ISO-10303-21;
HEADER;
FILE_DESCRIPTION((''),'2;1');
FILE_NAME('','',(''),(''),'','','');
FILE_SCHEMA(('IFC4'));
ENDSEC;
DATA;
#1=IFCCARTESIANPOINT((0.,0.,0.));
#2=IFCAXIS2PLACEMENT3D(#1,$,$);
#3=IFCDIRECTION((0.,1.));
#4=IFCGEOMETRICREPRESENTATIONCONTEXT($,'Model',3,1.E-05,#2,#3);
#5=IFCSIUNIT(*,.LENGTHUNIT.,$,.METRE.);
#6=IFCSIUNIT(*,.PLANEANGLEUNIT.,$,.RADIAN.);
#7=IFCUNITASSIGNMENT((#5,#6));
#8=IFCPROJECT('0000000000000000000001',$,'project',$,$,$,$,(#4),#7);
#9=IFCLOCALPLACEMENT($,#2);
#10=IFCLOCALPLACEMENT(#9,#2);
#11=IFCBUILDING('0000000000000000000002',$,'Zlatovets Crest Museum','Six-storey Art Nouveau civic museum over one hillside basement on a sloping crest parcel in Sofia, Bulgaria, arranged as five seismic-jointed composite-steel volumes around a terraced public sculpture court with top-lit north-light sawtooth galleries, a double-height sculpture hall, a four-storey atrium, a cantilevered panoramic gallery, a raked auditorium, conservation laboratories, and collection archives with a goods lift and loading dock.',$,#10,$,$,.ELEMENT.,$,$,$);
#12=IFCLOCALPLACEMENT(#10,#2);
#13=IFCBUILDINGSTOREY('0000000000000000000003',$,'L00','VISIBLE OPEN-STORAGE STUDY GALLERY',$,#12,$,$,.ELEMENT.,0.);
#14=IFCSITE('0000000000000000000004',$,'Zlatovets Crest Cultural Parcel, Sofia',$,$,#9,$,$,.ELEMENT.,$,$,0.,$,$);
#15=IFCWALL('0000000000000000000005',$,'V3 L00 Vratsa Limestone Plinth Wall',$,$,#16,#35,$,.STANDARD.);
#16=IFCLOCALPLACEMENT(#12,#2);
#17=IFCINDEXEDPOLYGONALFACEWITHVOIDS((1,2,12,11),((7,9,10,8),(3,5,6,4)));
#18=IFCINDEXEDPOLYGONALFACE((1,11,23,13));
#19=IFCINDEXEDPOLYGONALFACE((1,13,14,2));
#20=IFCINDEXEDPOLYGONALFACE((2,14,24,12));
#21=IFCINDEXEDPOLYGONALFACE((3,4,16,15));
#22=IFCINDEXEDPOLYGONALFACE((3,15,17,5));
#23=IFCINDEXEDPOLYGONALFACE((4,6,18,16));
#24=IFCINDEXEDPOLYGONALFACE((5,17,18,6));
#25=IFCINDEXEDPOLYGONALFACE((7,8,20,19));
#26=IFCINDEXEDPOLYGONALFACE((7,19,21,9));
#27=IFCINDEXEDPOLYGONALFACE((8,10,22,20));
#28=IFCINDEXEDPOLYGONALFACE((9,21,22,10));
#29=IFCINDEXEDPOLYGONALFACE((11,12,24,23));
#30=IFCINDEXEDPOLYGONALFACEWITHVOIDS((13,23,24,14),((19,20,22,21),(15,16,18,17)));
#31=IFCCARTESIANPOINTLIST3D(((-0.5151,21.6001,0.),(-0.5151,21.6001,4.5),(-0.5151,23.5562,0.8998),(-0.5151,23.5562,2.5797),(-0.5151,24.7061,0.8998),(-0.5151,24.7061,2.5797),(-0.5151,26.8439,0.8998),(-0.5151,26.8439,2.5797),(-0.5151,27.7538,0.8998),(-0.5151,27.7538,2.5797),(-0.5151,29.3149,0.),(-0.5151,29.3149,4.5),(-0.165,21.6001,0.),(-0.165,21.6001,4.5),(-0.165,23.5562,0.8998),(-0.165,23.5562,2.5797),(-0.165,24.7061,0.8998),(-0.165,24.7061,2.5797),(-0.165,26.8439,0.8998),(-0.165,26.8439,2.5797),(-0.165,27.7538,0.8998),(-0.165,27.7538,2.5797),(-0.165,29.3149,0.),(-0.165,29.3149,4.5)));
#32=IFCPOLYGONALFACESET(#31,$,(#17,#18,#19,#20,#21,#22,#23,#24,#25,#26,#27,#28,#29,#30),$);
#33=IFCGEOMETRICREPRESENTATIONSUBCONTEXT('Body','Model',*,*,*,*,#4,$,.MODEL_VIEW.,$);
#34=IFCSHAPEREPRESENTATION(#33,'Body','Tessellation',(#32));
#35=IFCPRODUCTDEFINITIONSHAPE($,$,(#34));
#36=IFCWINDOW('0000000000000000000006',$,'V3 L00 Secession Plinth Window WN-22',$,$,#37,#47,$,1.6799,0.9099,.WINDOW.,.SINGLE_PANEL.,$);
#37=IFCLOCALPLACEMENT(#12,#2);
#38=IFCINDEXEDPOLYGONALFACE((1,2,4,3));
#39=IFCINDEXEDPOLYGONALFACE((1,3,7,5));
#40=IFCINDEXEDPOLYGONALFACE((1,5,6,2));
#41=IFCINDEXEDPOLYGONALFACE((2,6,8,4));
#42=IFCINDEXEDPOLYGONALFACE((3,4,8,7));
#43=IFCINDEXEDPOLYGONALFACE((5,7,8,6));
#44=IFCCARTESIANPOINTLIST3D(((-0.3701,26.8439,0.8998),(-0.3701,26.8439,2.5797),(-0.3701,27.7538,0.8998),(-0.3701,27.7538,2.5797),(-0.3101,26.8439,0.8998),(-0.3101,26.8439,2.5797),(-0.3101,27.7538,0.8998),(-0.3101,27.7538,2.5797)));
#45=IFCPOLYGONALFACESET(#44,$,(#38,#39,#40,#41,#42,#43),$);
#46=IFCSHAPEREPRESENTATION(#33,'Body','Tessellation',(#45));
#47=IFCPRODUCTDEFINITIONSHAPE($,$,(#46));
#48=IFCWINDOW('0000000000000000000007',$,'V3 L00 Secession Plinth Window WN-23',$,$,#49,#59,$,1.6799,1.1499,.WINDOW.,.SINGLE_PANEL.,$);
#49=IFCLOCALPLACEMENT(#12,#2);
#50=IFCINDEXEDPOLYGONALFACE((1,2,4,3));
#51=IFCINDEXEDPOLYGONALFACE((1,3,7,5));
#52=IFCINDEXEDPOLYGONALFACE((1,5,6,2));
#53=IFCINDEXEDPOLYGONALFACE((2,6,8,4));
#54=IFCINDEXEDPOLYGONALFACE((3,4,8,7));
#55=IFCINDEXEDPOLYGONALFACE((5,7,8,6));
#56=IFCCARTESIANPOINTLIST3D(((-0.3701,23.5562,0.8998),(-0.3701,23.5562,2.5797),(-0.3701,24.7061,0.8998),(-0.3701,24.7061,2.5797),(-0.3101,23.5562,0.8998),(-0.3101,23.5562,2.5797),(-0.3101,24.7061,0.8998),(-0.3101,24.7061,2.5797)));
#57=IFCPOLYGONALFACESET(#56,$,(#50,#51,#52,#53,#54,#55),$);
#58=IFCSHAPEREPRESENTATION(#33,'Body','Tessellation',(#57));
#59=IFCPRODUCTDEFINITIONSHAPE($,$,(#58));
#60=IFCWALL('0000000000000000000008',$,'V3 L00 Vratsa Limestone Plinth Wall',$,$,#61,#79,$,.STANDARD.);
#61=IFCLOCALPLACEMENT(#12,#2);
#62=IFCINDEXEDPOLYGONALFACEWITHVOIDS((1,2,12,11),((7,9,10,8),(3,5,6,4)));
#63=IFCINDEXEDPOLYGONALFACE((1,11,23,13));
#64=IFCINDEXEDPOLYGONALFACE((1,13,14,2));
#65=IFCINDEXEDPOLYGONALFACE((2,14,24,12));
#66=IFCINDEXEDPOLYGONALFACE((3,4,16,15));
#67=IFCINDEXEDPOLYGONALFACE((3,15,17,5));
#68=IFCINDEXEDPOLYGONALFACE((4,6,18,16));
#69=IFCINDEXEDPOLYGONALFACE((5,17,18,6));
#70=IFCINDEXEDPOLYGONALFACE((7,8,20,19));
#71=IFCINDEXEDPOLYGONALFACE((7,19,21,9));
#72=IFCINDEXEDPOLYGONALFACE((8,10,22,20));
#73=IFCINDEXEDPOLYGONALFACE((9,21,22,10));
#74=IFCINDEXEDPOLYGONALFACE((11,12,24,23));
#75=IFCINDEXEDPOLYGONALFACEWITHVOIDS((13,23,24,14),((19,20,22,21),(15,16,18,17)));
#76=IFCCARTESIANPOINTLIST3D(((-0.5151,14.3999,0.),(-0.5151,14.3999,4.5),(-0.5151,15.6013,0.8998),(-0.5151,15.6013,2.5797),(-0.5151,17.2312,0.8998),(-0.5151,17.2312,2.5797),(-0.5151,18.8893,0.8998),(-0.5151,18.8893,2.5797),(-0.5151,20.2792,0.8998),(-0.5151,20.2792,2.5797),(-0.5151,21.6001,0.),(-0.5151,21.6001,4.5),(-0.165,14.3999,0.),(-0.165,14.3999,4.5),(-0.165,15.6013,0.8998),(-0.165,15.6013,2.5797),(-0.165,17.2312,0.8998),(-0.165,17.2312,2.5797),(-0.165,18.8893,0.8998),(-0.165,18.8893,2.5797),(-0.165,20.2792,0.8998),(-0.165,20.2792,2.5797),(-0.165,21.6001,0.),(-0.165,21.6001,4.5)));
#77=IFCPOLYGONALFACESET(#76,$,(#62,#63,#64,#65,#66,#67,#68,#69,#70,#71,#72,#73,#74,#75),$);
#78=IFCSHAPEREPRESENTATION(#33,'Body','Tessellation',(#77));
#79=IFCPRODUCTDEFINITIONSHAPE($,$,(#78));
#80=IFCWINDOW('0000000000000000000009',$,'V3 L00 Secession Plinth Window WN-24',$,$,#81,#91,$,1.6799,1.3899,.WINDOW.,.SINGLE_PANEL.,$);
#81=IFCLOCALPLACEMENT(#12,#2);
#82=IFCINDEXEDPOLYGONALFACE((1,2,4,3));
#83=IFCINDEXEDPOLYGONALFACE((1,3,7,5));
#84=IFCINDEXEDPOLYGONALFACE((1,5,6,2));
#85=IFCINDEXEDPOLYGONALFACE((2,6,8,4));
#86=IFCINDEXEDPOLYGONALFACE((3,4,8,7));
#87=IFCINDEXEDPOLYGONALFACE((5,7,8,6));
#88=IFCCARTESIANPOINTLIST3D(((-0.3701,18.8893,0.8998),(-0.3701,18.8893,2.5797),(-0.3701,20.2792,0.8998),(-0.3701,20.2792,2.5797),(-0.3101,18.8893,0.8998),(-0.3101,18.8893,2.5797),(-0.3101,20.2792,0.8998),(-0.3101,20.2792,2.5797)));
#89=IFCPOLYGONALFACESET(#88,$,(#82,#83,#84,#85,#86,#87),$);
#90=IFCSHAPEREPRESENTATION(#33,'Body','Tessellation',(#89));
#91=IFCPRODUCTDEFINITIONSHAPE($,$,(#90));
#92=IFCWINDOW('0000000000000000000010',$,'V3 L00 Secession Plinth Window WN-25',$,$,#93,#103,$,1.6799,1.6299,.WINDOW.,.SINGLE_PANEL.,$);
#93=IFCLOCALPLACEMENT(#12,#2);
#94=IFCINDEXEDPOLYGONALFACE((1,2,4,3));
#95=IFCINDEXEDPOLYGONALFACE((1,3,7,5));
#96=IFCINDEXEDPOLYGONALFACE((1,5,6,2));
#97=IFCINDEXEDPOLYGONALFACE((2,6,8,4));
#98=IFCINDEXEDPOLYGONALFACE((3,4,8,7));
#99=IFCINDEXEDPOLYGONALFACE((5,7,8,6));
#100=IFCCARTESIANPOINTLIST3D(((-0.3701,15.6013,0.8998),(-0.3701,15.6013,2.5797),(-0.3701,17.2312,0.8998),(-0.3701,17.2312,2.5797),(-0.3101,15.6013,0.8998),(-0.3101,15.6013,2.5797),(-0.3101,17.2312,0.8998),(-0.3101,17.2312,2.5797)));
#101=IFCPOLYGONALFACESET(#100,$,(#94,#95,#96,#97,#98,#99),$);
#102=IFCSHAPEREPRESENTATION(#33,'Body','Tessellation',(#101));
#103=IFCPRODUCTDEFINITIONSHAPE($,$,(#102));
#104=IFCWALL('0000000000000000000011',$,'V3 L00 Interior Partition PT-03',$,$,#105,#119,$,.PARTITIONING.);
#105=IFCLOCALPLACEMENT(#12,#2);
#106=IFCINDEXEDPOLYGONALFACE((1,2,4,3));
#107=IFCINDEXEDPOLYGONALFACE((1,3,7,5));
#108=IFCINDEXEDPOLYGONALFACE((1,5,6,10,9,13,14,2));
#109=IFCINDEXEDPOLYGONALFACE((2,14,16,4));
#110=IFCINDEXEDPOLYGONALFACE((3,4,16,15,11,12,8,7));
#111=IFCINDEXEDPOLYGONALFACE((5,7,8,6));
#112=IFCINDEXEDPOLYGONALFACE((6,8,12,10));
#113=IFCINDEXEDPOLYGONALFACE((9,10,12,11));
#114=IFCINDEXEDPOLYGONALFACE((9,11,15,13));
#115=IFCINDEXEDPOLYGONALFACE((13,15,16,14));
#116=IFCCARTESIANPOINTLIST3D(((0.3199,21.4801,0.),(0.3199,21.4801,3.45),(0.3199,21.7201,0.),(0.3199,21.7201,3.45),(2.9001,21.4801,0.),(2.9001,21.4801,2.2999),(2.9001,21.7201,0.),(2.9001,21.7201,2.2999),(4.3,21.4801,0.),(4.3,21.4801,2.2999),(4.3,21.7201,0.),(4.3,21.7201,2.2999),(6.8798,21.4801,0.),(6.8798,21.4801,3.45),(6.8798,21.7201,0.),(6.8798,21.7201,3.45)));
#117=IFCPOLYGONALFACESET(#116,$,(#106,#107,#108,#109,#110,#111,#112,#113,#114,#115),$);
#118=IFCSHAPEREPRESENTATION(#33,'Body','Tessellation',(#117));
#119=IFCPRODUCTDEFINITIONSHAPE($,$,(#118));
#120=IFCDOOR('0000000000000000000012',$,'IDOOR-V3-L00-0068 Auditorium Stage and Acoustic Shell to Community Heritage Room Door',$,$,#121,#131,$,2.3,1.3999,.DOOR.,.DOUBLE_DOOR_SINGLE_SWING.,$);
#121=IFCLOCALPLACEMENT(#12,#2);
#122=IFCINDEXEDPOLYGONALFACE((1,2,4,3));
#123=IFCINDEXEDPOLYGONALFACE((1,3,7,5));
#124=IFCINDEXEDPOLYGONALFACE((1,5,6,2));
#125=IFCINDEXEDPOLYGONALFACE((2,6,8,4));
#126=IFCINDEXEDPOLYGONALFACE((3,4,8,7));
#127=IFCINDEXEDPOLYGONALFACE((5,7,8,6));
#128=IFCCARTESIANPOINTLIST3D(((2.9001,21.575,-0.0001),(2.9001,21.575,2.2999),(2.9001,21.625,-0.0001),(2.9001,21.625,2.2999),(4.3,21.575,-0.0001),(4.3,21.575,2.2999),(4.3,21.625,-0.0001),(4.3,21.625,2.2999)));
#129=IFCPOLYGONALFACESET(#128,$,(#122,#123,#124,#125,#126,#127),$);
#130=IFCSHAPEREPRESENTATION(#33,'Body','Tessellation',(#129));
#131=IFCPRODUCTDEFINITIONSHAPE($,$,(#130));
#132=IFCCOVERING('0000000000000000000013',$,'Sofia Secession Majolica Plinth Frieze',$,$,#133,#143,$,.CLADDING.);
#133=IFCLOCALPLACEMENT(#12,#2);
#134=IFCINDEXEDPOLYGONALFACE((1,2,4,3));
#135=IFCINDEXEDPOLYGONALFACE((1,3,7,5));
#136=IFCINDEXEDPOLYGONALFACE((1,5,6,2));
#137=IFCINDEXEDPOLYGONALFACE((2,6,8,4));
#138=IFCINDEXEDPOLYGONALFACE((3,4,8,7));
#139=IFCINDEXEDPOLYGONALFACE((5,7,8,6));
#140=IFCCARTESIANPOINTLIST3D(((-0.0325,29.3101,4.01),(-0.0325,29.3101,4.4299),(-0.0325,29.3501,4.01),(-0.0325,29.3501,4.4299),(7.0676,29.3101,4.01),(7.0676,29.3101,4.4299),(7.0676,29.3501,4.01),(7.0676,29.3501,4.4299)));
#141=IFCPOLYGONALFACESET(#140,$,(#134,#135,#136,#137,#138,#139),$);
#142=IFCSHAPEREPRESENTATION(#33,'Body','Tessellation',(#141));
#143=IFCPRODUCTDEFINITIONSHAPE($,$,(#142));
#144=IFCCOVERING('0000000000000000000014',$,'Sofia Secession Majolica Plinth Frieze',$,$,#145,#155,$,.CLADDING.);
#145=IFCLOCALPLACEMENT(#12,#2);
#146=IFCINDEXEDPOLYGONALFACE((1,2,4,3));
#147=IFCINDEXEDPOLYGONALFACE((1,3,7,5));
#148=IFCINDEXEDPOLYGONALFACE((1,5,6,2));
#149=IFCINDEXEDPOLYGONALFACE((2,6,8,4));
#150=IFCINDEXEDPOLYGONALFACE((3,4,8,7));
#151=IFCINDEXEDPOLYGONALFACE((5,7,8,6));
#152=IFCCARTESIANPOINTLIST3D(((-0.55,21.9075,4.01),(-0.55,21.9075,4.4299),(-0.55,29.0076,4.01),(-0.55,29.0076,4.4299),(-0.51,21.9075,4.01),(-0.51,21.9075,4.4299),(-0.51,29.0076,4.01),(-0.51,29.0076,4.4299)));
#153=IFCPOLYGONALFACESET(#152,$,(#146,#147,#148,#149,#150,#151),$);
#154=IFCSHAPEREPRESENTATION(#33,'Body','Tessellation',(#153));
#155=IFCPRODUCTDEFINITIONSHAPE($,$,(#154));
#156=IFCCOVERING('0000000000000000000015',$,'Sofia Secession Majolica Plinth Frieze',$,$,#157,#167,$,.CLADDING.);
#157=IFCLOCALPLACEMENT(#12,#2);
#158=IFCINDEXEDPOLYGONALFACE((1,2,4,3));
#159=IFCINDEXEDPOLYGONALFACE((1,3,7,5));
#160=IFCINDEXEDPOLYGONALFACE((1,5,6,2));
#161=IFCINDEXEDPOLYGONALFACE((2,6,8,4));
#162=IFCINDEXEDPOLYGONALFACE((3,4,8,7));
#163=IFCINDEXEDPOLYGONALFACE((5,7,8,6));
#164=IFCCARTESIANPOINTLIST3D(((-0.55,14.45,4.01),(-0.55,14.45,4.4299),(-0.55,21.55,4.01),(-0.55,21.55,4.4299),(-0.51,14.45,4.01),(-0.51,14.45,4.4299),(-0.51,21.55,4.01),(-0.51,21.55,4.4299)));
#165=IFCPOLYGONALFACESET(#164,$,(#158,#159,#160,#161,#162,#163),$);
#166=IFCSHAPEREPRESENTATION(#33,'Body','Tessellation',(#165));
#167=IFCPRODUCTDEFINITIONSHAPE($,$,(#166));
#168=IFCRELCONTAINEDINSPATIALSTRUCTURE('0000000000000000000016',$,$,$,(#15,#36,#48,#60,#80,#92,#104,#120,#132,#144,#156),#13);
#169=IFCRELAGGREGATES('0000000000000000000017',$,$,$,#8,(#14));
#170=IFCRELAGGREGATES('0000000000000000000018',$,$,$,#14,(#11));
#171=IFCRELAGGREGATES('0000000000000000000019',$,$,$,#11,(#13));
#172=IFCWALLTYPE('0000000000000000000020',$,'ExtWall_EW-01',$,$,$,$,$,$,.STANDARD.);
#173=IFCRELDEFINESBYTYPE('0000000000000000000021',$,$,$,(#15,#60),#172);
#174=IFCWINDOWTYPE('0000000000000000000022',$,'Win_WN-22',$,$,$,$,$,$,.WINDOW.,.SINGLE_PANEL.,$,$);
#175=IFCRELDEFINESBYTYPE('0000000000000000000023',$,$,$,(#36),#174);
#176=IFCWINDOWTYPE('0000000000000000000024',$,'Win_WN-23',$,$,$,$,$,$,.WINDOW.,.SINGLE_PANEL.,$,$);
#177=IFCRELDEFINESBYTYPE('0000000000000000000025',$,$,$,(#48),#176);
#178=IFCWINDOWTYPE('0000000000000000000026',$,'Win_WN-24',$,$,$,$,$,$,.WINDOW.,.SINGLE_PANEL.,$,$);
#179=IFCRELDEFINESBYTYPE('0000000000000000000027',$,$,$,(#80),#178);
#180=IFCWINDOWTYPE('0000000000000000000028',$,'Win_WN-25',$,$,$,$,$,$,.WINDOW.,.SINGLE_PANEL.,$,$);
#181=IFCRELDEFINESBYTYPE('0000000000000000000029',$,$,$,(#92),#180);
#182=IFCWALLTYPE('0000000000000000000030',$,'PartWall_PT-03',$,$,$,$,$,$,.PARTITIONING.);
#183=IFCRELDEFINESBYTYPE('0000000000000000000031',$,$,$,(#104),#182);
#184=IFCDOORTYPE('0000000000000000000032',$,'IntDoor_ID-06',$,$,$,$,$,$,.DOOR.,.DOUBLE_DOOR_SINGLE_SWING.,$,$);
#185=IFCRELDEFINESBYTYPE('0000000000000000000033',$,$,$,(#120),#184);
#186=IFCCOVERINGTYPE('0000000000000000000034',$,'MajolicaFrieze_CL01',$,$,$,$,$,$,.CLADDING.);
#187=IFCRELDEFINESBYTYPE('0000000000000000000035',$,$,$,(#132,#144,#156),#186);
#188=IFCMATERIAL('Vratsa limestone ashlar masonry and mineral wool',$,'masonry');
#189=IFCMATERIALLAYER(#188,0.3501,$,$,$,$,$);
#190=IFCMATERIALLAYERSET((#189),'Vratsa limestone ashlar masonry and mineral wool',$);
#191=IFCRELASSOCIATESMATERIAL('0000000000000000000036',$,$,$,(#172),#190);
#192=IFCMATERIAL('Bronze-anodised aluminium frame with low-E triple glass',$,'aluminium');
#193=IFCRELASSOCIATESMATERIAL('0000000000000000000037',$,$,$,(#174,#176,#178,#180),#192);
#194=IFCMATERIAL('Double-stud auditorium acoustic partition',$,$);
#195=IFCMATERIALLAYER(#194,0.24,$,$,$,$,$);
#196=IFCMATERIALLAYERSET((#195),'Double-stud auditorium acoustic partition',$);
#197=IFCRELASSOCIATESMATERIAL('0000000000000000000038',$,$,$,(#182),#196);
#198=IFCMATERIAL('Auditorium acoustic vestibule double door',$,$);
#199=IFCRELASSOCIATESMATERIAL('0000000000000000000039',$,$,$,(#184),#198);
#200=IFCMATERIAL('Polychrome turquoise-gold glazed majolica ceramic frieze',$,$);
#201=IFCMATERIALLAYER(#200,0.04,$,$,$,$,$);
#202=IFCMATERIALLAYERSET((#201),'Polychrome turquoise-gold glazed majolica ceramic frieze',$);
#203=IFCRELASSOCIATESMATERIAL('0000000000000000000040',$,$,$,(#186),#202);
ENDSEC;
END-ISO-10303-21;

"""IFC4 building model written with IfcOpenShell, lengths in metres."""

from ifc_helpers import new_model, si_unit, direction, frame, frame_2d, origin, origin_2d, place, context, subcontext, project, spatial, rectangle, extrude, material, layer, layer_set, type_object, element, fill, save


model = new_model("IFC4")

# Units and contexts
model_context = context("Model", 3, precision=1e-05, world=origin(), true_north=direction((0.0, 1.0)))
body_context = subcontext(model_context, "Body", "Model", "MODEL_VIEW")
ifc_project = project(units=[si_unit("LENGTHUNIT", "METRE"), si_unit("PLANEANGLEUNIT", "RADIAN")], contexts=[model_context])

# Site, building, storey
site_placement = place(None, origin())
site = spatial("IfcSite", under=ifc_project, at=site_placement, Name="Zlatovets Crest Cultural Parcel, Sofia", CompositionType="ELEMENT", RefElevation=0.0)
building_placement = place(site_placement, origin())
building = spatial("IfcBuilding", under=site, at=building_placement, Name="Zlatovets Crest Museum", Description="Six-storey Art Nouveau civic museum over one hillside basement on a sloping crest parcel in Sofia, Bulgaria, arranged as five seismic-jointed composite-steel volumes around a terraced public sculpture court with top-lit north-light sawtooth galleries, a double-height sculpture hall, a four-storey atrium, a cantilevered panoramic gallery, a raked auditorium, conservation laboratories, and collection archives with a goods lift and loading dock.", CompositionType="ELEMENT")
storey_placement = place(building_placement, origin())
storey = spatial("IfcBuildingStorey", under=building, at=storey_placement, Name="L00", Description="VISIBLE OPEN-STORAGE STUDY GALLERY", CompositionType="ELEMENT", Elevation=0.0)

# Walls, openings, windows
ifc_material_1 = material(Name="Vratsa limestone ashlar masonry and mineral wool", Category="masonry")
ifc_layer_1 = layer(ifc_material_1, 0.3501)
ifc_layer_set_1 = layer_set([ifc_layer_1], Name="Vratsa limestone ashlar masonry and mineral wool")
wall_type_1 = type_object("IfcWallType", Name="ExtWall_EW-01", PredefinedType="STANDARD", material=ifc_layer_set_1)
wall_1_placement = place(storey_placement, frame((-0.3401, 29.3149, 0.0), z_axis=(0.0, 0.0, 1.0), x_axis=(0.0, -1.0, 0.0)))
wall_1 = element("IfcWall", 1, at=wall_1_placement, inside=storey, type_object=wall_type_1, Name="V3 L00 Vratsa Limestone Plinth Wall", PredefinedType="STANDARD", context=body_context, shape_type="SweptSolid", body=[
    extrude(rectangle(XDim=7.7148, YDim=0.3501, at=frame_2d((3.8574, 0.0))), origin(), (0.0, 0.0, 1.0), 4.5),
])
opening_1_placement = place(wall_1_placement, frame((1.561, 0.0, 0.8999)))
opening_1 = element("IfcOpeningElement", 2, at=opening_1_placement, cuts=wall_1, PredefinedType="OPENING", context=body_context, shape_type="SweptSolid", body=[
    extrude(rectangle(XDim=0.9099, YDim=1.6799, at=frame_2d((0.4551, 0.8398))), frame((0.0, 0.1851, 0.0), z_axis=(0.0, -1.0, 0.0), x_axis=(1.0, 0.0, 0.0)), (0.0, 0.0, 1.0), 0.3701),
])
opening_2_placement = place(wall_1_placement, frame((4.6089, 0.0, 0.8999)))
opening_2 = element("IfcOpeningElement", 3, at=opening_2_placement, cuts=wall_1, PredefinedType="OPENING", context=body_context, shape_type="SweptSolid", body=[
    extrude(rectangle(XDim=1.1499, YDim=1.6799, at=frame_2d((0.575, 0.8398))), frame((0.0, 0.1851, 0.0), z_axis=(0.0, -1.0, 0.0), x_axis=(1.0, 0.0, 0.0)), (0.0, 0.0, 1.0), 0.3701),
])
ifc_material_2 = material(Name="Bronze-anodised aluminium frame with low-E triple glass", Category="aluminium")
window_type_1 = type_object("IfcWindowType", Name="Win_WN-22", PartitioningType="SINGLE_PANEL", PredefinedType="WINDOW", material=ifc_material_2)
window_1_placement = place(opening_1_placement, origin())
window_1 = element("IfcWindow", 4, at=window_1_placement, inside=storey, type_object=window_type_1, Name="V3 L00 Secession Plinth Window WN-22", OverallHeight=1.6799, OverallWidth=0.9099, PartitioningType="SINGLE_PANEL", PredefinedType="WINDOW", context=body_context, shape_type="SweptSolid", body=[
    extrude(rectangle(XDim=0.9099, YDim=1.6799, at=frame_2d((0.4551, 0.8398))), frame((0.0, 0.03, 0.0), z_axis=(0.0, -1.0, 0.0), x_axis=(1.0, 0.0, 0.0)), (0.0, 0.0, 1.0), 0.0601),
])
fill(opening_1, window_1)
window_type_2 = type_object("IfcWindowType", Name="Win_WN-23", PartitioningType="SINGLE_PANEL", PredefinedType="WINDOW", material=ifc_material_2)
window_2_placement = place(opening_2_placement, origin())
window_2 = element("IfcWindow", 5, at=window_2_placement, inside=storey, type_object=window_type_2, Name="V3 L00 Secession Plinth Window WN-23", OverallHeight=1.6799, OverallWidth=1.1499, PartitioningType="SINGLE_PANEL", PredefinedType="WINDOW", context=body_context, shape_type="SweptSolid", body=[
    extrude(rectangle(XDim=1.1499, YDim=1.6799, at=frame_2d((0.575, 0.8398))), frame((0.0, 0.03, 0.0), z_axis=(0.0, -1.0, 0.0), x_axis=(1.0, 0.0, 0.0)), (0.0, 0.0, 1.0), 0.0601),
])
fill(opening_2, window_2)
wall_2_placement = place(storey_placement, frame((-0.3401, 21.6001, 0.0), z_axis=(0.0, 0.0, 1.0), x_axis=(0.0, -1.0, 0.0)))
wall_2 = element("IfcWall", 6, at=wall_2_placement, inside=storey, type_object=wall_type_1, Name="V3 L00 Vratsa Limestone Plinth Wall", PredefinedType="STANDARD", context=body_context, shape_type="SweptSolid", body=[
    extrude(rectangle(XDim=7.2002, YDim=0.3501, at=frame_2d((3.6001, 0.0))), origin(), (0.0, 0.0, 1.0), 4.5),
])
opening_3_placement = place(wall_2_placement, frame((1.321, 0.0, 0.8999)))
opening_3 = element("IfcOpeningElement", 7, at=opening_3_placement, cuts=wall_2, PredefinedType="OPENING", context=body_context, shape_type="SweptSolid", body=[
    extrude(rectangle(XDim=1.3899, YDim=1.6799, at=frame_2d((0.6948, 0.8398))), frame((0.0, 0.1851, 0.0), z_axis=(0.0, -1.0, 0.0), x_axis=(1.0, 0.0, 0.0)), (0.0, 0.0, 1.0), 0.3701),
])
opening_4_placement = place(wall_2_placement, frame((4.3689, 0.0, 0.8999)))
opening_4 = element("IfcOpeningElement", 8, at=opening_4_placement, cuts=wall_2, PredefinedType="OPENING", context=body_context, shape_type="SweptSolid", body=[
    extrude(rectangle(XDim=1.6299, YDim=1.6799, at=frame_2d((0.8149, 0.8398))), frame((0.0, 0.1851, 0.0), z_axis=(0.0, -1.0, 0.0), x_axis=(1.0, 0.0, 0.0)), (0.0, 0.0, 1.0), 0.3701),
])
window_type_3 = type_object("IfcWindowType", Name="Win_WN-24", PartitioningType="SINGLE_PANEL", PredefinedType="WINDOW", material=ifc_material_2)
window_3_placement = place(opening_3_placement, origin())
window_3 = element("IfcWindow", 9, at=window_3_placement, inside=storey, type_object=window_type_3, Name="V3 L00 Secession Plinth Window WN-24", OverallHeight=1.6799, OverallWidth=1.3899, PartitioningType="SINGLE_PANEL", PredefinedType="WINDOW", context=body_context, shape_type="SweptSolid", body=[
    extrude(rectangle(XDim=1.3899, YDim=1.6799, at=frame_2d((0.6948, 0.8398))), frame((0.0, 0.03, 0.0), z_axis=(0.0, -1.0, 0.0), x_axis=(1.0, 0.0, 0.0)), (0.0, 0.0, 1.0), 0.0601),
])
fill(opening_3, window_3)
window_type_4 = type_object("IfcWindowType", Name="Win_WN-25", PartitioningType="SINGLE_PANEL", PredefinedType="WINDOW", material=ifc_material_2)
window_4_placement = place(opening_4_placement, origin())
window_4 = element("IfcWindow", 10, at=window_4_placement, inside=storey, type_object=window_type_4, Name="V3 L00 Secession Plinth Window WN-25", OverallHeight=1.6799, OverallWidth=1.6299, PartitioningType="SINGLE_PANEL", PredefinedType="WINDOW", context=body_context, shape_type="SweptSolid", body=[
    extrude(rectangle(XDim=1.6299, YDim=1.6799, at=frame_2d((0.8149, 0.8398))), frame((0.0, 0.03, 0.0), z_axis=(0.0, -1.0, 0.0), x_axis=(1.0, 0.0, 0.0)), (0.0, 0.0, 1.0), 0.0601),
])
fill(opening_4, window_4)

# Wall, opening, door
ifc_material_3 = material(Name="Double-stud auditorium acoustic partition")
ifc_layer_2 = layer(ifc_material_3, 0.24)
ifc_layer_set_2 = layer_set([ifc_layer_2], Name="Double-stud auditorium acoustic partition")
wall_type_2 = type_object("IfcWallType", Name="PartWall_PT-03", PredefinedType="PARTITIONING", material=ifc_layer_set_2)
wall_3_placement = place(storey_placement, frame((0.3201, 21.6001, 0.0), z_axis=(0.0, 0.0, 1.0), x_axis=(1.0, 0.0, 0.0)))
wall_3 = element("IfcWall", 11, at=wall_3_placement, inside=storey, type_object=wall_type_2, Name="V3 L00 Interior Partition PT-03", PredefinedType="PARTITIONING", context=body_context, shape_type="SweptSolid", body=[
    extrude(rectangle(XDim=6.5598, YDim=0.24, at=frame_2d((3.2798, 0.0))), origin(), (0.0, 0.0, 1.0), 3.45),
])
opening_5_placement = place(wall_3_placement, frame((2.5801, 0.0, 0.0)))
opening_5 = element("IfcOpeningElement", 12, at=opening_5_placement, cuts=wall_3, PredefinedType="OPENING", context=body_context, shape_type="SweptSolid", body=[
    extrude(rectangle(XDim=1.3999, YDim=2.3, at=frame_2d((0.7, 1.1499))), frame((0.0, 0.1299, 0.0), z_axis=(0.0, -1.0, 0.0), x_axis=(1.0, 0.0, 0.0)), (0.0, 0.0, 1.0), 0.26),
])
ifc_material_4 = material(Name="Auditorium acoustic vestibule double door")
door_type = type_object("IfcDoorType", Name="IntDoor_ID-06", OperationType="DOUBLE_DOOR_SINGLE_SWING", PredefinedType="DOOR", material=ifc_material_4)
door_placement = place(opening_5_placement, origin())
door = element("IfcDoor", 13, at=door_placement, inside=storey, type_object=door_type, Name="IDOOR-V3-L00-0068 Auditorium Stage and Acoustic Shell to Community Heritage Room Door", OperationType="DOUBLE_DOOR_SINGLE_SWING", OverallHeight=2.3, OverallWidth=1.3999, PredefinedType="DOOR", context=body_context, shape_type="SweptSolid", body=[
    extrude(rectangle(XDim=1.3999, YDim=2.3, at=frame_2d((0.7, 1.1499))), frame((0.0, 0.0249, 0.0), z_axis=(0.0, -1.0, 0.0), x_axis=(1.0, 0.0, 0.0)), (0.0, 0.0, 1.0), 0.05),
])
fill(opening_5, door)

# Coverings
ifc_material_5 = material(Name="Polychrome turquoise-gold glazed majolica ceramic frieze")
ifc_layer_3 = layer(ifc_material_5, 0.04)
ifc_layer_set_3 = layer_set([ifc_layer_3], Name="Polychrome turquoise-gold glazed majolica ceramic frieze")
covering_type = type_object("IfcCoveringType", Name="MajolicaFrieze_CL01", PredefinedType="CLADDING", material=ifc_layer_set_3)
for number, where, z_axis, x_axis, name in (
    (14, (3.5176, 29.3301, 4.01), (0.0, 0.0, 1.0), (1.0, 0.0, 0.0), "Sofia Secession Majolica Plinth Frieze"),
    (15, (-0.53, 25.4575, 4.01), (0.0, 0.0, 1.0), (0.0, 1.0, 0.0), "Sofia Secession Majolica Plinth Frieze"),
    (16, (-0.53, 18.0, 4.01), (0.0, 0.0, 1.0), (0.0, 1.0, 0.0), "Sofia Secession Majolica Plinth Frieze"),
):
    element("IfcCovering", number, at=place(storey_placement, frame(where, z_axis=z_axis, x_axis=x_axis)), inside=storey, type_object=covering_type, Name=name, PredefinedType="CLADDING", context=body_context, shape_type="SweptSolid", body=[
        extrude(rectangle(XDim=7.1001, YDim=0.04, at=origin_2d()), origin(), (0.0, 0.0, 1.0), 0.4199),
    ])

save(model, "model.ifc")
